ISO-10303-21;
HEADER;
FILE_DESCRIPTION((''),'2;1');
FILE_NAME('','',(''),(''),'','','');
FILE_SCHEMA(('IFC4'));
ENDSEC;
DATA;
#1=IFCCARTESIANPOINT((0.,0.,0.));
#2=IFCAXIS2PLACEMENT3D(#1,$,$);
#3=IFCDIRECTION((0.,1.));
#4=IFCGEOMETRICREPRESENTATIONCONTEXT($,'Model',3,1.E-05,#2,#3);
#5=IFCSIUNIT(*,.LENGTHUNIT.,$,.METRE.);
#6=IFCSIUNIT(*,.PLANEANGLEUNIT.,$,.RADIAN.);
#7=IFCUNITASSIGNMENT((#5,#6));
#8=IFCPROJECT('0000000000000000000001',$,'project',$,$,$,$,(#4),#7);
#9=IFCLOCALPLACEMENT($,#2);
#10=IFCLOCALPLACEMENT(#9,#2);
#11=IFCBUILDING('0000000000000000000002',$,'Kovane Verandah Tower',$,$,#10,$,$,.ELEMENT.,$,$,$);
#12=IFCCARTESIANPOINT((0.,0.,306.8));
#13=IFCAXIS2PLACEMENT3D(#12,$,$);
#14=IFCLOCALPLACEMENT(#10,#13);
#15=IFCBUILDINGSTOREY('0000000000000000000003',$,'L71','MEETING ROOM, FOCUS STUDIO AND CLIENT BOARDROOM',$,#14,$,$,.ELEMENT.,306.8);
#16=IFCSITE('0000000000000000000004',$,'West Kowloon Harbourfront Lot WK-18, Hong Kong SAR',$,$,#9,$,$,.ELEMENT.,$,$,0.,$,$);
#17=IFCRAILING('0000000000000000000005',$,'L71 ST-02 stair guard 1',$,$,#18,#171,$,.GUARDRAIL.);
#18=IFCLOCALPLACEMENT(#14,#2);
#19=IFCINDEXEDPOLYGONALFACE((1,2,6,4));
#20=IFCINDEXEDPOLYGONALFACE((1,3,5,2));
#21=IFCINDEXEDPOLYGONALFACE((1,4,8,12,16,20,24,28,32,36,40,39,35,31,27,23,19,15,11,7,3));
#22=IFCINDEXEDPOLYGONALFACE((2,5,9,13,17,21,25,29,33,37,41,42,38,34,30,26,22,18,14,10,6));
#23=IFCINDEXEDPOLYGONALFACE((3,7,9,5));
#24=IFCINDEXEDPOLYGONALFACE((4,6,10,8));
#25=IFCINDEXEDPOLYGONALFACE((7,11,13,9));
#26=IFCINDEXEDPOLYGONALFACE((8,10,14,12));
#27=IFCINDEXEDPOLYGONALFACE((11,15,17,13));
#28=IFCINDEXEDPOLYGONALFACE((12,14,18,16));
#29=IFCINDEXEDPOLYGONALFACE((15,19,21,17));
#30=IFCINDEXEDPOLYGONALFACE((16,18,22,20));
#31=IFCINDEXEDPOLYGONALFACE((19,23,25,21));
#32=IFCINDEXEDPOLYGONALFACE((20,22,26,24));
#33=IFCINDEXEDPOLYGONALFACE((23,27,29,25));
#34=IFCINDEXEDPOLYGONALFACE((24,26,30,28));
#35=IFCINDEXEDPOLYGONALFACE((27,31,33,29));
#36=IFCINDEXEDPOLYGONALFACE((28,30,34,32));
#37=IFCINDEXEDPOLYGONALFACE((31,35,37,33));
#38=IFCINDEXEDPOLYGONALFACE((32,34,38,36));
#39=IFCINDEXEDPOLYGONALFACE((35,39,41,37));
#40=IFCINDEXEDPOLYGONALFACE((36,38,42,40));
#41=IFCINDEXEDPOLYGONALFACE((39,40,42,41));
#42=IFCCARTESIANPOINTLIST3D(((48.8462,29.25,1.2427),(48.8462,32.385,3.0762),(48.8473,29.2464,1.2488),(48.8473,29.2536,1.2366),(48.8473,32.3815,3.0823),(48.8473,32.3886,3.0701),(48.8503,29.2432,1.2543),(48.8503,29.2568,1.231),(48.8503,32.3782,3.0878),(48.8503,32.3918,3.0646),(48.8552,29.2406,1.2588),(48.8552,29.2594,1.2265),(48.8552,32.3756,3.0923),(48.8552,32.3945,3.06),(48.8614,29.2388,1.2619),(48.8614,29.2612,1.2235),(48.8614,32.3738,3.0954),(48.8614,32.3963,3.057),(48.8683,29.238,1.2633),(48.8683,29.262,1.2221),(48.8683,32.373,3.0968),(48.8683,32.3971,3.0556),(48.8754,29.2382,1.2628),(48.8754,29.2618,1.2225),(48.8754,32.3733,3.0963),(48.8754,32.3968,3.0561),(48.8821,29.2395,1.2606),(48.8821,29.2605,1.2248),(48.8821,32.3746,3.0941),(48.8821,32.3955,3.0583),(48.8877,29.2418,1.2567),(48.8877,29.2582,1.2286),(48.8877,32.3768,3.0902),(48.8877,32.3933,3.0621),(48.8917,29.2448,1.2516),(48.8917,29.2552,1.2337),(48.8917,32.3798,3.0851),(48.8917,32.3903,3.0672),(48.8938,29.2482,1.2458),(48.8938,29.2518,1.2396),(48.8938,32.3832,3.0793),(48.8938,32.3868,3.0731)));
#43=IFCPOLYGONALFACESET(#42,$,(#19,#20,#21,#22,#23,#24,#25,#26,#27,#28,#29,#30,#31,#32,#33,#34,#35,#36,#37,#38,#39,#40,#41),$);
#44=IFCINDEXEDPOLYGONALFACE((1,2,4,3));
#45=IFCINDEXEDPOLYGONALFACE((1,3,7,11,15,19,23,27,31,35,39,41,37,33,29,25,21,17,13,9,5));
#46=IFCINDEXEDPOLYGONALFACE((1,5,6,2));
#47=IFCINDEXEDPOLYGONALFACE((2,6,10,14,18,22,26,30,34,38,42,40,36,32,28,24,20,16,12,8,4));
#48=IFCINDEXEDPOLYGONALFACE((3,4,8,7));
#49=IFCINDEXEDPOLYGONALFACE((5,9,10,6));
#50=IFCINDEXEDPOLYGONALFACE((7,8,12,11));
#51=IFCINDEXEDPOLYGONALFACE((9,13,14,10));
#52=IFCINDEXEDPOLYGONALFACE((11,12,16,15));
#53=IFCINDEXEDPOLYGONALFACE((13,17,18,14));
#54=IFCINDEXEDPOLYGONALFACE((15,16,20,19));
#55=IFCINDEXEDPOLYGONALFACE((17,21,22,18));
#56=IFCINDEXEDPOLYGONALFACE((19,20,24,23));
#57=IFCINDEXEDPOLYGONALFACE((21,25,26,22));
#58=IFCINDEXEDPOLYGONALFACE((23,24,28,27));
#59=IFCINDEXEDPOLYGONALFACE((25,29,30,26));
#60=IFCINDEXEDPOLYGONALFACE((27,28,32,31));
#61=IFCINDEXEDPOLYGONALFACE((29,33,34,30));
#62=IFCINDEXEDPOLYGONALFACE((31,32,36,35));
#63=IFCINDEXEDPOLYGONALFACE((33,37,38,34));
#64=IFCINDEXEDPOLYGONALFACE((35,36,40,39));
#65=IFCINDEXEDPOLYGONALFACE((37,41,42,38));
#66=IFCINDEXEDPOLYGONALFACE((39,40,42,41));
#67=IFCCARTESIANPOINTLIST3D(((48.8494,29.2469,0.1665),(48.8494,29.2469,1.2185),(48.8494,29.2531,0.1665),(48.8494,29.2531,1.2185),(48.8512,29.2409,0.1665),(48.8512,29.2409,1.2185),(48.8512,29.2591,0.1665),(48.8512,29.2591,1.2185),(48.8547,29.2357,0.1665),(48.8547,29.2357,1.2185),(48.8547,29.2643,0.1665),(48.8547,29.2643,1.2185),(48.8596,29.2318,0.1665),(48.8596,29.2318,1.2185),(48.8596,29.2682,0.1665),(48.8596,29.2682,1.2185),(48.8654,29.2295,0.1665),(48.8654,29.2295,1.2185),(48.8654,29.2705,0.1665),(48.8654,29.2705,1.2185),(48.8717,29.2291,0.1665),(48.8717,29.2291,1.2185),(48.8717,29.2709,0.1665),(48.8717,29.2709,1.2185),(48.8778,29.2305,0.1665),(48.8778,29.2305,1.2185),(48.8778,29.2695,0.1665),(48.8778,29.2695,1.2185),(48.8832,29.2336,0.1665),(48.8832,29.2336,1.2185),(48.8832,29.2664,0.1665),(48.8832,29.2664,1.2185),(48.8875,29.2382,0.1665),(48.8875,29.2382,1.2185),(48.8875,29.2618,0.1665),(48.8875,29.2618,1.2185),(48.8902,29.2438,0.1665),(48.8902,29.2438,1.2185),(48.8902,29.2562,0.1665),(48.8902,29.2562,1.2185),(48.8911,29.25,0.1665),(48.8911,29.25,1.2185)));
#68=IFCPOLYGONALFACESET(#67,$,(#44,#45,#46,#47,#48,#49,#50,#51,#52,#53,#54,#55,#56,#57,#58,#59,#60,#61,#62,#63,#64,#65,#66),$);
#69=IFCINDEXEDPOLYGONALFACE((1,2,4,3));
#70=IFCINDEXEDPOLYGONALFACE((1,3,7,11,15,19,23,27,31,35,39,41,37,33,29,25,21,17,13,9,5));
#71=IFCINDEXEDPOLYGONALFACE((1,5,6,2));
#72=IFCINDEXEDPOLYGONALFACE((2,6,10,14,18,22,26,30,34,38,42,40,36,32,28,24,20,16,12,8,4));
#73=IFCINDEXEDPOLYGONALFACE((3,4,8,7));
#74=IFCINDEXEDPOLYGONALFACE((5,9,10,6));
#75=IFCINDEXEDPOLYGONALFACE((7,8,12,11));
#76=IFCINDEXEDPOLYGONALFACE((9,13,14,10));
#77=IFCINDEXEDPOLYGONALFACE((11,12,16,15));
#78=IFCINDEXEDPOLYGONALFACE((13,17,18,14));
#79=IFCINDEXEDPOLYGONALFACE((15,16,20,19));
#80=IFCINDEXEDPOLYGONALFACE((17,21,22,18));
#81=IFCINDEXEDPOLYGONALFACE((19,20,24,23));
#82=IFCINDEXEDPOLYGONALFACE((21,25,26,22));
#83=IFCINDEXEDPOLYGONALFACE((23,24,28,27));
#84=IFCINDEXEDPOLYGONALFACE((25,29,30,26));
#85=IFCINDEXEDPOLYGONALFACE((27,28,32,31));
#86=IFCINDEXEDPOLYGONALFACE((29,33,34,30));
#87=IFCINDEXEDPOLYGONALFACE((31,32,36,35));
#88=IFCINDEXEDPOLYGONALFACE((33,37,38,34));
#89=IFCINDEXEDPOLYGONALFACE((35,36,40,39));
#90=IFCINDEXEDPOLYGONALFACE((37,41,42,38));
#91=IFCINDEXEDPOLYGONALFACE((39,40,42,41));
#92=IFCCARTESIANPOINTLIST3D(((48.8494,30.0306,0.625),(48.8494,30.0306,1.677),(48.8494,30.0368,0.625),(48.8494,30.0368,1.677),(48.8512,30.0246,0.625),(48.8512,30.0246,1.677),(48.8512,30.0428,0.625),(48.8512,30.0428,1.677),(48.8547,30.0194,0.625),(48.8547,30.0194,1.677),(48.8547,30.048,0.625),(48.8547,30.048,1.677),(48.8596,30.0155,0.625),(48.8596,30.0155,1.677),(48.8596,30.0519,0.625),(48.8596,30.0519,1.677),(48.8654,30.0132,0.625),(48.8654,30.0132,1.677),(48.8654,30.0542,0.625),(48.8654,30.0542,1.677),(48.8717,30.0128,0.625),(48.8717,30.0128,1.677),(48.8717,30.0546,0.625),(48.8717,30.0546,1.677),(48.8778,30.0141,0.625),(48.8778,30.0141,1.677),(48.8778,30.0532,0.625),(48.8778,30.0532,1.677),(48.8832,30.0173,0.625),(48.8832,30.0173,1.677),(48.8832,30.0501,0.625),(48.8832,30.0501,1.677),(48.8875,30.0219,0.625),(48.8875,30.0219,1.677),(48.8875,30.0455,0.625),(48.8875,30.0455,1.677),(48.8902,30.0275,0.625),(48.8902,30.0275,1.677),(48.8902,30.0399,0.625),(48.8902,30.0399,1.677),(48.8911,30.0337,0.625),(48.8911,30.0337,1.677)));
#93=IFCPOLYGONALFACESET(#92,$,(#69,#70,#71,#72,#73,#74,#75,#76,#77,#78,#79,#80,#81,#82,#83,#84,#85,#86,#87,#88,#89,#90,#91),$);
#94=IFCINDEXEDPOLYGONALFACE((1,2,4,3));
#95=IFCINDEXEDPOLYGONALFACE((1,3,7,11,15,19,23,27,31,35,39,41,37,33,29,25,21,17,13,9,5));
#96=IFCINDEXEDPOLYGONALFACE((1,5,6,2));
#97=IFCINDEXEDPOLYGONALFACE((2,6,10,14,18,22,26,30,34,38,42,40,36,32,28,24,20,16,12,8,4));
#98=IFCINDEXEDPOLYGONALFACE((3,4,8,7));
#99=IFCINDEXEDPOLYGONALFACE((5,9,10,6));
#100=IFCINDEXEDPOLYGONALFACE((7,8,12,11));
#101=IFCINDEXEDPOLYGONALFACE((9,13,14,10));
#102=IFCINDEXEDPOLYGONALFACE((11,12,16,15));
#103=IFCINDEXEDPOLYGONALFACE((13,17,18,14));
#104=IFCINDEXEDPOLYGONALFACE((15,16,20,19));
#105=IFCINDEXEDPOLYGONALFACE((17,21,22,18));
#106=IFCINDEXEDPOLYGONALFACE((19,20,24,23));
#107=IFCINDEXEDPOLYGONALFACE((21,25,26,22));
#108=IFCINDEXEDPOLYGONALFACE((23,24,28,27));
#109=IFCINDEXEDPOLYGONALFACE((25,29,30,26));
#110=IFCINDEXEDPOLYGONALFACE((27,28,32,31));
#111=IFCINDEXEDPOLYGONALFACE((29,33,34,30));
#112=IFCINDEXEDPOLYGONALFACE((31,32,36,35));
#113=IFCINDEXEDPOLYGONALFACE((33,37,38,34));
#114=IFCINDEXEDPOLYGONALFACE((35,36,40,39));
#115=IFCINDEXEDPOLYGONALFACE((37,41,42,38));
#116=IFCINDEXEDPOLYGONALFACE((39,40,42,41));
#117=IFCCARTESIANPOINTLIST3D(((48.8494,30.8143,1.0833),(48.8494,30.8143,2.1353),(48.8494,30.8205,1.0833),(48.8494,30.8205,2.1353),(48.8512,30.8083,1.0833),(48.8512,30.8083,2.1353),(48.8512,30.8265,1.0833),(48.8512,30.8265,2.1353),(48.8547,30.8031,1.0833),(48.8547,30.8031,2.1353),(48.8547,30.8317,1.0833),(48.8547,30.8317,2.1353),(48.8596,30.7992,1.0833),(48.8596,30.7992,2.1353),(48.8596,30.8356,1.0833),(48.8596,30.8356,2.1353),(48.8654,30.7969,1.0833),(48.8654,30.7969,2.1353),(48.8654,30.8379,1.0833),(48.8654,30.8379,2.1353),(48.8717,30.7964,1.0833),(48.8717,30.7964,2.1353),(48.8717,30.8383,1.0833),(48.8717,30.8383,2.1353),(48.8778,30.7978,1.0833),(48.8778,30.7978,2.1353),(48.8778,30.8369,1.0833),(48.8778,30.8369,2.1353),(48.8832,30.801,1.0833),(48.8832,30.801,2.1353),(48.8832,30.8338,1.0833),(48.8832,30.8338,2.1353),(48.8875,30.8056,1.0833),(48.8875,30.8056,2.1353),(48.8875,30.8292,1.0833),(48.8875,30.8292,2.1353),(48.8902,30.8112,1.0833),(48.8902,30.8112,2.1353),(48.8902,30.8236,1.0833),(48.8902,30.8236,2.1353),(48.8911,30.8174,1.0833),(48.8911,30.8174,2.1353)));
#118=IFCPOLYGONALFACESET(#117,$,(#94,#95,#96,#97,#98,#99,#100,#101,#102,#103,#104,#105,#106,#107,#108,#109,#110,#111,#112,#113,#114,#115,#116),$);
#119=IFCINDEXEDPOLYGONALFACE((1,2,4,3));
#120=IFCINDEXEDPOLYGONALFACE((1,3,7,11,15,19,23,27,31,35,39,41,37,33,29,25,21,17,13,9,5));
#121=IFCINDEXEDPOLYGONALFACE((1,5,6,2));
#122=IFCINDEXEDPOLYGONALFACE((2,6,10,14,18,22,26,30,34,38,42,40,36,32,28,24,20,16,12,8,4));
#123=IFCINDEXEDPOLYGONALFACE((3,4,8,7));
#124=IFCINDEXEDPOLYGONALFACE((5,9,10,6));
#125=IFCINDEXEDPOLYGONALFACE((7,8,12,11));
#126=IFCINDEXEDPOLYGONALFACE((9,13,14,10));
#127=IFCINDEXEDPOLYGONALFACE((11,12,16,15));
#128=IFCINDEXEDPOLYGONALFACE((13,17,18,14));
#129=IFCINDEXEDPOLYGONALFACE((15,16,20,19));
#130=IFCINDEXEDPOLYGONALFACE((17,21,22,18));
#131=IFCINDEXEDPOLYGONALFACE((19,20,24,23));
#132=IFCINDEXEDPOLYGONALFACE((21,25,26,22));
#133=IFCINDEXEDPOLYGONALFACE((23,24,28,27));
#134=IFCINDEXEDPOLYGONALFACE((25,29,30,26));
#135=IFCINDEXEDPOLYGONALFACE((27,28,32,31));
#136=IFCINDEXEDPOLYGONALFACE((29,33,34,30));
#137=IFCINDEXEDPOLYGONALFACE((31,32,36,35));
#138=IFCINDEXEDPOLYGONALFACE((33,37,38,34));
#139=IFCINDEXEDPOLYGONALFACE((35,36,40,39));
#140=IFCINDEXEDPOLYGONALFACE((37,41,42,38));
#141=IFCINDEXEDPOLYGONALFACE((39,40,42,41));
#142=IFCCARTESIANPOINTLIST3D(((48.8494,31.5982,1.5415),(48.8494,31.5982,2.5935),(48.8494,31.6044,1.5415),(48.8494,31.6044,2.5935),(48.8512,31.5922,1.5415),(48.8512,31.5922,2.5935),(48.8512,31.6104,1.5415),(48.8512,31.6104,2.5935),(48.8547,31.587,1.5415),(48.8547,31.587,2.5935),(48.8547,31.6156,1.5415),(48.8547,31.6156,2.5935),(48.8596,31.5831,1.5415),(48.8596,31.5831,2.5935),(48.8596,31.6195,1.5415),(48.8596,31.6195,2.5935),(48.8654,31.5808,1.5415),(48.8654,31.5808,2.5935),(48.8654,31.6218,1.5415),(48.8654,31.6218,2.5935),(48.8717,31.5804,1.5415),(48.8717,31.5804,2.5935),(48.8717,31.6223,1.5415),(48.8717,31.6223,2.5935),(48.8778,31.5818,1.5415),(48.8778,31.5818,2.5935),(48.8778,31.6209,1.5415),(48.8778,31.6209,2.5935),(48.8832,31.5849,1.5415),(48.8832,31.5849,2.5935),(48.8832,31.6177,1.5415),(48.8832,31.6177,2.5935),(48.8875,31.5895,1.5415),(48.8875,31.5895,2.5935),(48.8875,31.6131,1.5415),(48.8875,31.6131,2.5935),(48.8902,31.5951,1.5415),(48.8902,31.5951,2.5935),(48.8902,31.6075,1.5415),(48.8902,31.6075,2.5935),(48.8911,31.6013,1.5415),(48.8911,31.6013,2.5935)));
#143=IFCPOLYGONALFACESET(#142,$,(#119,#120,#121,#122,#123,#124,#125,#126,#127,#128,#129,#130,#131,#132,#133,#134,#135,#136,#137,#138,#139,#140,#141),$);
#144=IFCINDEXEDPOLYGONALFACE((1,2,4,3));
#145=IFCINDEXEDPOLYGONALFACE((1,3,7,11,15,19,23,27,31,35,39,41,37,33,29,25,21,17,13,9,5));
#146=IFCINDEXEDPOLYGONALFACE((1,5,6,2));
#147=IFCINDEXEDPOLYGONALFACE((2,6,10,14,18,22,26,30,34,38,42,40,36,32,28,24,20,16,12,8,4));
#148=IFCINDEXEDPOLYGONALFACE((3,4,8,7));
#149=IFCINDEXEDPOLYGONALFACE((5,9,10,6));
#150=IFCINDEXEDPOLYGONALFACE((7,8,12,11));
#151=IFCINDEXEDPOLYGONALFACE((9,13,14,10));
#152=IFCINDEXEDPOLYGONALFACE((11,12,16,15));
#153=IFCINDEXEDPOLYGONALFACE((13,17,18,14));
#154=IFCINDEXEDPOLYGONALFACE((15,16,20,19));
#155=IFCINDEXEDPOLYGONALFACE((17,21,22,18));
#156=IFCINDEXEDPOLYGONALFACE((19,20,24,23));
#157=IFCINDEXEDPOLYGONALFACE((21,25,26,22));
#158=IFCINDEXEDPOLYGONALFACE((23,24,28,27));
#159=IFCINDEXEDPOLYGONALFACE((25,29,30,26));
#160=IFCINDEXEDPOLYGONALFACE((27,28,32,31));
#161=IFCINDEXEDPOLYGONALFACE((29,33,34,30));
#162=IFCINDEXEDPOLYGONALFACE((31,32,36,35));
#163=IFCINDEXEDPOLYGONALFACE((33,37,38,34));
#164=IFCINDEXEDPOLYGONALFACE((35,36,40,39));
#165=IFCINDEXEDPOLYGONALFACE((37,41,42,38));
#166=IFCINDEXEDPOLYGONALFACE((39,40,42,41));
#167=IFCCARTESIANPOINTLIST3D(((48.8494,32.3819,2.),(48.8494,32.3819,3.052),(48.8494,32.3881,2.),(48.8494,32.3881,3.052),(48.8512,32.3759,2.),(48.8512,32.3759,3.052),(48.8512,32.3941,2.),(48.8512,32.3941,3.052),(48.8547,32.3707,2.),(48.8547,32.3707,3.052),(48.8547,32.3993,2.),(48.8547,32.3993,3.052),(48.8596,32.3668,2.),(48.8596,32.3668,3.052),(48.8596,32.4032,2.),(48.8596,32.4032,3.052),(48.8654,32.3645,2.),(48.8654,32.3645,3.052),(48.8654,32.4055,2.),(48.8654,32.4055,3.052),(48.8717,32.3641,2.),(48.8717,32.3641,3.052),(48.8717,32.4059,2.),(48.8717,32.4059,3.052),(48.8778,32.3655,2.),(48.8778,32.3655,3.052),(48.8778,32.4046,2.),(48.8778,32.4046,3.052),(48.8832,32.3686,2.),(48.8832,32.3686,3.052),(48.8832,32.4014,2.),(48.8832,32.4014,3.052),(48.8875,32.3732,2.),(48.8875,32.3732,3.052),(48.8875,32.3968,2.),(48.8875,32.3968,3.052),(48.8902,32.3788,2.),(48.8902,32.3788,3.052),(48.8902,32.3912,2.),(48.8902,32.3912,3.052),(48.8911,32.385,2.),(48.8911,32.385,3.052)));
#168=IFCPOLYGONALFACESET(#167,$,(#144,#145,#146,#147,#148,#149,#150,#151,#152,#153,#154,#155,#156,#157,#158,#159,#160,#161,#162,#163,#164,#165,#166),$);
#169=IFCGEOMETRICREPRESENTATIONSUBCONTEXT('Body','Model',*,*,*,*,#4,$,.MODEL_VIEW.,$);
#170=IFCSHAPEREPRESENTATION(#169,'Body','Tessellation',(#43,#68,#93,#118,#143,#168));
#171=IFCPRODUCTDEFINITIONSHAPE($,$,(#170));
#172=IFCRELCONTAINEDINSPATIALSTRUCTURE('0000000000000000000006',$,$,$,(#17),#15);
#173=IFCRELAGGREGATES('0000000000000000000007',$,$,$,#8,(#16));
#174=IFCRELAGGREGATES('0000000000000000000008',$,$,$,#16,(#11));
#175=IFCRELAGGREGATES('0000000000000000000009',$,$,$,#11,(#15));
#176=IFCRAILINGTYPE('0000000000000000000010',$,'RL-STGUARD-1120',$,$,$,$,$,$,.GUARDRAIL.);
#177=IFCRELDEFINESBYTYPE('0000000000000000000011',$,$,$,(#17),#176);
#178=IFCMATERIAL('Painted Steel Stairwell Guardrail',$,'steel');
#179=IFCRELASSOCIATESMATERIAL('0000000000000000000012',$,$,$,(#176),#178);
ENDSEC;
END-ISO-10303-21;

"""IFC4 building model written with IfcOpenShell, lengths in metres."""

from ifc_helpers import new_model, si_unit, direction, frame, origin, origin_2d, place, context, subcontext, project, spatial, circle, extrude, material, type_object, element, save


model = new_model("IFC4")

# Units and contexts
model_context = context("Model", 3, precision=1e-05, world=origin(), true_north=direction((0.0, 1.0)))
body_context = subcontext(model_context, "Body", "Model", "MODEL_VIEW")
ifc_project = project(units=[si_unit("LENGTHUNIT", "METRE"), si_unit("PLANEANGLEUNIT", "RADIAN")], contexts=[model_context])

# Site, building, storey
site_placement = place(None, origin())
site = spatial("IfcSite", under=ifc_project, at=site_placement, Name="West Kowloon Harbourfront Lot WK-18, Hong Kong SAR", CompositionType="ELEMENT", RefElevation=0.0)
building_placement = place(site_placement, origin())
building = spatial("IfcBuilding", under=site, at=building_placement, Name="Kovane Verandah Tower", CompositionType="ELEMENT")
storey_placement = place(building_placement, frame((0.0, 0.0, 306.8)))
storey = spatial("IfcBuildingStorey", under=building, at=storey_placement, Name="L71", Description="MEETING ROOM, FOCUS STUDIO AND CLIENT BOARDROOM", CompositionType="ELEMENT", Elevation=306.8)

# Railing
ifc_material_1 = material(Name="Painted Steel Stairwell Guardrail", Category="steel")
railing_type_1 = type_object("IfcRailingType", Name="RL-STGUARD-1120", PredefinedType="GUARDRAIL", material=ifc_material_1)
railing_1_placement = place(storey_placement, frame((48.8701, 29.25, 0.1665)))
element("IfcRailing", 1, at=railing_1_placement, inside=storey, type_object=railing_type_1, Name="L71 ST-02 stair guard 1", PredefinedType="GUARDRAIL", context=body_context, shape_type="SweptSolid", body=[
    extrude(circle(Radius=0.0239, at=origin_2d()), frame((0.0, 0.0, 1.0762), z_axis=(0.0, 0.86321, 0.504845), x_axis=(-1.0, 0.0, 0.0)), (0.0, 0.0, 1.0), 3.6318),
    extrude(circle(Radius=0.021, at=origin_2d()), origin(), (0.0, 0.0, 1.0), 1.052),
    extrude(circle(Radius=0.021, at=origin_2d()), frame((0.0, 0.7837, 0.4585)), (0.0, 0.0, 1.0), 1.052),
    extrude(circle(Radius=0.021, at=origin_2d()), frame((0.0, 1.5674, 0.9167)), (0.0, 0.0, 1.0), 1.052),
    extrude(circle(Radius=0.021, at=origin_2d()), frame((0.0, 2.3513, 1.375)), (0.0, 0.0, 1.0), 1.052),
    extrude(circle(Radius=0.021, at=origin_2d()), frame((0.0, 3.135, 1.8335)), (0.0, 0.0, 1.0), 1.052),
])

save(model, "model.ifc")
